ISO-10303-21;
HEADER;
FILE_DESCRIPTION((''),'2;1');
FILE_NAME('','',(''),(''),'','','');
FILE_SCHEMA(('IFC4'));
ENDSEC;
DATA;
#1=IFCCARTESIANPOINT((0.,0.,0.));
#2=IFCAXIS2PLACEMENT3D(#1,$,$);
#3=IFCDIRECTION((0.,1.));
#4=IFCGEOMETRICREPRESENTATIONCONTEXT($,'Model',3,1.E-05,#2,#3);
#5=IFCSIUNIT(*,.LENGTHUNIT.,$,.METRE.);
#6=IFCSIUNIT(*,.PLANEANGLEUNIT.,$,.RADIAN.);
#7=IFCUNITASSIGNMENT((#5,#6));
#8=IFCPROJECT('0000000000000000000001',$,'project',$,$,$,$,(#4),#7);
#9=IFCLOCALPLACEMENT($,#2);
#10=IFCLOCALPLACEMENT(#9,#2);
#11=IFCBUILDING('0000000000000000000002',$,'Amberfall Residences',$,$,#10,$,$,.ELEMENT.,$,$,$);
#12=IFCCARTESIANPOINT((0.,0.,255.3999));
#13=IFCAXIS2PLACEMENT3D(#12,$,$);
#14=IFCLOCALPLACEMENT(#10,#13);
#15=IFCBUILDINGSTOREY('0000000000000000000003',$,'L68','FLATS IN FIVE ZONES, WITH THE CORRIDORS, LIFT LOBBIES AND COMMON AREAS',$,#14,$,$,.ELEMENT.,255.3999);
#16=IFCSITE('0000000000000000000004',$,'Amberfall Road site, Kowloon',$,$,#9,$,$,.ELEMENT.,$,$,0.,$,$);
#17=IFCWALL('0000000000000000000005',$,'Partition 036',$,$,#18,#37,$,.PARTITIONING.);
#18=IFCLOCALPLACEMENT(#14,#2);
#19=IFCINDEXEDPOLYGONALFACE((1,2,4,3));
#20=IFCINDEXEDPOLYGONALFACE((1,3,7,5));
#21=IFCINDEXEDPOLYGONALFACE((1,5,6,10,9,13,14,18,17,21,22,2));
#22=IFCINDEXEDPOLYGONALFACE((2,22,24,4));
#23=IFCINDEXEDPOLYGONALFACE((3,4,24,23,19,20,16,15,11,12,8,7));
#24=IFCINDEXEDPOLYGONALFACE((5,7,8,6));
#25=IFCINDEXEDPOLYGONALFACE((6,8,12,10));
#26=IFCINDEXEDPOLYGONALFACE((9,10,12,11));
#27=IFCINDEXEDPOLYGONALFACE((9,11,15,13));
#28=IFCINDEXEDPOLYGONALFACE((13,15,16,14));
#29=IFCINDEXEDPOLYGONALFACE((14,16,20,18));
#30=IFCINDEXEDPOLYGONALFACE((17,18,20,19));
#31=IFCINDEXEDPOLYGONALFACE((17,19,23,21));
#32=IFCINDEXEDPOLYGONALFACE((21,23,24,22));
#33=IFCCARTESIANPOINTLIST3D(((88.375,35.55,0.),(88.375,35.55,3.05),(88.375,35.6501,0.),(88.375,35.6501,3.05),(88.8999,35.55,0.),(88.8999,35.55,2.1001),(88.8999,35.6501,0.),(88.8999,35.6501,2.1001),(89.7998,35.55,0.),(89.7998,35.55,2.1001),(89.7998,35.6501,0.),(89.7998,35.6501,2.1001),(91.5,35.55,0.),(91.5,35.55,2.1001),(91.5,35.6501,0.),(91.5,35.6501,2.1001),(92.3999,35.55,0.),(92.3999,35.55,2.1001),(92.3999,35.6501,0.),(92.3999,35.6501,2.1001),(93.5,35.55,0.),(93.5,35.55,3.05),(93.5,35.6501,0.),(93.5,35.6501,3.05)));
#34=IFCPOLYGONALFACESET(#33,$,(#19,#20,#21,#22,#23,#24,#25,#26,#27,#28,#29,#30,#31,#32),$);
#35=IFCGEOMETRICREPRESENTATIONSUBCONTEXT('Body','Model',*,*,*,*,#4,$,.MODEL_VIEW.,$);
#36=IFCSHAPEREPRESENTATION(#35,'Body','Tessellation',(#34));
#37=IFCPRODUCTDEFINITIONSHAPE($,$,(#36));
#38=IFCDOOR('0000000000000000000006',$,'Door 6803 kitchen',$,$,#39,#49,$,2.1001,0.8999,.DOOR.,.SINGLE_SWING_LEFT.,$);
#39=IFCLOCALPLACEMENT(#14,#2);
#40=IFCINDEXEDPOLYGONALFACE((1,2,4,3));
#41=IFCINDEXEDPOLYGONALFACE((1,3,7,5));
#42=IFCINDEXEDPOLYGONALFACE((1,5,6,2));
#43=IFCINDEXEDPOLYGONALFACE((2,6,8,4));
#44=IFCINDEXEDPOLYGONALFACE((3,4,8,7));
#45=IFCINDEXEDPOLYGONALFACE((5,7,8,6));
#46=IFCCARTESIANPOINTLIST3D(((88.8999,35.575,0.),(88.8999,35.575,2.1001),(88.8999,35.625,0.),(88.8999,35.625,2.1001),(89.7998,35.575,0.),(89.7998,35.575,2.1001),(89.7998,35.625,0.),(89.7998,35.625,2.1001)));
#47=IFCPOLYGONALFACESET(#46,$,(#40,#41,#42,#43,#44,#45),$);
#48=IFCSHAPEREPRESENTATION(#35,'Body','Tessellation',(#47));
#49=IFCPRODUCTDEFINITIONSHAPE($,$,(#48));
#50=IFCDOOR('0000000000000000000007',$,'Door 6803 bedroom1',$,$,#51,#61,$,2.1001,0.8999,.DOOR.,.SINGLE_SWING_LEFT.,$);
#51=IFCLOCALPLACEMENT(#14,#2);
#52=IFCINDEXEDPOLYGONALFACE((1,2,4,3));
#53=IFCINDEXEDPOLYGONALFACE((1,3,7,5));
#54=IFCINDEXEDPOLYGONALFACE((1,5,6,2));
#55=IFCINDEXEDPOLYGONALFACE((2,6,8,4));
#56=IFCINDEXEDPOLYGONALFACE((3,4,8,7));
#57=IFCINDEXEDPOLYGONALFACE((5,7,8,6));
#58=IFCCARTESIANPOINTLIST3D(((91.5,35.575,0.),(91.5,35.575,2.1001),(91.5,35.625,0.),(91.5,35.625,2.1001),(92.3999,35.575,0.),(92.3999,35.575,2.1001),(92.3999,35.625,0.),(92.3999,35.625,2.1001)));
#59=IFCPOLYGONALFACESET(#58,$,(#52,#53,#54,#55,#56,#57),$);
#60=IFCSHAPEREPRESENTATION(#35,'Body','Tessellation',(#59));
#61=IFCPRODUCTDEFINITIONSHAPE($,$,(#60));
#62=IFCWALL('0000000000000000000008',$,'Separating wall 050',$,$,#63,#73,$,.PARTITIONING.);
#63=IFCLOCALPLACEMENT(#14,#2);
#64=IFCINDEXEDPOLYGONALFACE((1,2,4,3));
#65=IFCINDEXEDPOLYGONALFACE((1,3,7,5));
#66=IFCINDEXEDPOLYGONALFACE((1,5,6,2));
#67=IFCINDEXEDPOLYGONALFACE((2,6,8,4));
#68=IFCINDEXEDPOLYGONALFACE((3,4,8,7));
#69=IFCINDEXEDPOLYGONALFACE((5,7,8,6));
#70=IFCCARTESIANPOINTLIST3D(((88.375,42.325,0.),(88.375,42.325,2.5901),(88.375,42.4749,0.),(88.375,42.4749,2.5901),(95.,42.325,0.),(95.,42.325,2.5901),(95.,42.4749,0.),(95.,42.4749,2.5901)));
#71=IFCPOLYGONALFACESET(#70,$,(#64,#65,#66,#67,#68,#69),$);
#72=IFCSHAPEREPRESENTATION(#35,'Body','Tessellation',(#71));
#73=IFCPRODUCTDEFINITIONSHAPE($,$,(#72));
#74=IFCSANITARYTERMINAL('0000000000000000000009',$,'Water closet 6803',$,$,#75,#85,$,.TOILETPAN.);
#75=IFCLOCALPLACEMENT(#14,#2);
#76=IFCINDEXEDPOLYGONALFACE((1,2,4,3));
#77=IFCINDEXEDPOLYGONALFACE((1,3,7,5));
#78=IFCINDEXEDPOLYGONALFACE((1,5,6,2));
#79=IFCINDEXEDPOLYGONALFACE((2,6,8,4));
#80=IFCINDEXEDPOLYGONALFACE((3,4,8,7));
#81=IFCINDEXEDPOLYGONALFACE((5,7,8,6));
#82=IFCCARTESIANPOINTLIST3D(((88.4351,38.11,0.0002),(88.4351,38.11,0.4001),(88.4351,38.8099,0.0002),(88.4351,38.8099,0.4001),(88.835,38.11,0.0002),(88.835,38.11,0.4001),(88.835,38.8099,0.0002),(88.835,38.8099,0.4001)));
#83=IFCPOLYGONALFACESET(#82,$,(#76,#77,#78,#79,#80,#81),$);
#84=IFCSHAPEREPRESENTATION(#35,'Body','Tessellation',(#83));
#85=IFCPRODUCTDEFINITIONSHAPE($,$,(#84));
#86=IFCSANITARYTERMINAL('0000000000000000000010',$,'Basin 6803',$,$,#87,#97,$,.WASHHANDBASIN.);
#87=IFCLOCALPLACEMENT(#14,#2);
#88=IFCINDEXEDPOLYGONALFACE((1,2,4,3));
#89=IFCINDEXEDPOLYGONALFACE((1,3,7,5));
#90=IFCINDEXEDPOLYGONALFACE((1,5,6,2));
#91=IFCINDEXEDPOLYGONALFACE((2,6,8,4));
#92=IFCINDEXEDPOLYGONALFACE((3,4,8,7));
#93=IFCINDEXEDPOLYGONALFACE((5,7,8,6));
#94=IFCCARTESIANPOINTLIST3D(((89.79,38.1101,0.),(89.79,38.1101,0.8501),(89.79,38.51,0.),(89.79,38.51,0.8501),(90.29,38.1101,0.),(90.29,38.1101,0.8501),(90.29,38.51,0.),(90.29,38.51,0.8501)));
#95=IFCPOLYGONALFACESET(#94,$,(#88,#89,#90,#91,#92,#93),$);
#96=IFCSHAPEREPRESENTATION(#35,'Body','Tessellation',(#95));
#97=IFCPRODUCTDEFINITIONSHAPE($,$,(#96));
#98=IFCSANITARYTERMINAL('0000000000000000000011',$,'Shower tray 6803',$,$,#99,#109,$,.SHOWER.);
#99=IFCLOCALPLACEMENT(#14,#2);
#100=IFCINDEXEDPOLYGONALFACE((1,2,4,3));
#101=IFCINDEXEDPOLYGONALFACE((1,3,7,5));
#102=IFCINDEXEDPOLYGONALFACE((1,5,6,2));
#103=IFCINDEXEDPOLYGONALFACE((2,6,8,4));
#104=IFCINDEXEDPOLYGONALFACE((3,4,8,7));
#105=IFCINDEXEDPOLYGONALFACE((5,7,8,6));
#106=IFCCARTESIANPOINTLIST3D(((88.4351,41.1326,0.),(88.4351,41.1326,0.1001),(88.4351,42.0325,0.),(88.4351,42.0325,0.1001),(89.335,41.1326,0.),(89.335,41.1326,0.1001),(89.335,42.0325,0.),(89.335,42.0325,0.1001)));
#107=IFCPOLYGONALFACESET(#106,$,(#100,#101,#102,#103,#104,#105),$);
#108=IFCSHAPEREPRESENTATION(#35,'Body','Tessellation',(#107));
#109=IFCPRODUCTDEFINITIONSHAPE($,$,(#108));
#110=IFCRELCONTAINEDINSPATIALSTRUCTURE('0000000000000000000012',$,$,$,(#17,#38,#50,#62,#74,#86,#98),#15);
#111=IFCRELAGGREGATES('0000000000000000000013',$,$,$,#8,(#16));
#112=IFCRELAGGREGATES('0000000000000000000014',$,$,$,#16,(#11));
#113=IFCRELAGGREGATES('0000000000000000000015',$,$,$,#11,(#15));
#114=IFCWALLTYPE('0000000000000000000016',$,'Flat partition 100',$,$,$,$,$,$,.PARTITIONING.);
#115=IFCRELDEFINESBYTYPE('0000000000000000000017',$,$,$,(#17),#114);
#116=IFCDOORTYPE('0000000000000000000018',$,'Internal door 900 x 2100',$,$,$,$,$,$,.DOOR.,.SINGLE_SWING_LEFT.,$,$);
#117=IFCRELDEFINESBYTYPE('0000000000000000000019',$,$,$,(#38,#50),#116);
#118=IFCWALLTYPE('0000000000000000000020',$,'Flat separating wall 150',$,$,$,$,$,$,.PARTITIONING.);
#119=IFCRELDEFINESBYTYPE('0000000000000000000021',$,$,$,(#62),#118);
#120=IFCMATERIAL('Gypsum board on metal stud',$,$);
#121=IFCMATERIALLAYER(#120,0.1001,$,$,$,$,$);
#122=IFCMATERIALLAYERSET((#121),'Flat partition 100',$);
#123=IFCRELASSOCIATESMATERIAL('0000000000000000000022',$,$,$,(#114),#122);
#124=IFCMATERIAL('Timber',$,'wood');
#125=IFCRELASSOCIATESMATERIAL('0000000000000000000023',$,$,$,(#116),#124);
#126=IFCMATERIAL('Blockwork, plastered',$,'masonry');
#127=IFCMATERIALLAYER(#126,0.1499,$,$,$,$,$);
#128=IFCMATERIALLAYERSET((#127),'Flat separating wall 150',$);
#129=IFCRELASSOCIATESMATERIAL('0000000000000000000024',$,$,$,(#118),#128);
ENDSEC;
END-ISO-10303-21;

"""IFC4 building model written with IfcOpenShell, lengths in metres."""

from ifc_helpers import new_model, si_unit, direction, frame, frame_2d, origin, origin_2d, place, context, subcontext, project, spatial, rectangle, extrude, material, layer, layer_set, type_object, element, fill, save


model = new_model("IFC4")

# Units and contexts
model_context = context("Model", 3, precision=1e-05, world=origin(), true_north=direction((0.0, 1.0)))
body_context = subcontext(model_context, "Body", "Model", "MODEL_VIEW")
ifc_project = project(units=[si_unit("LENGTHUNIT", "METRE"), si_unit("PLANEANGLEUNIT", "RADIAN")], contexts=[model_context])

# Site, building, storey
site_placement = place(None, origin())
site = spatial("IfcSite", under=ifc_project, at=site_placement, Name="Amberfall Road site, Kowloon", CompositionType="ELEMENT", RefElevation=0.0)
building_placement = place(site_placement, origin())
building = spatial("IfcBuilding", under=site, at=building_placement, Name="Amberfall Residences", CompositionType="ELEMENT")
storey_placement = place(building_placement, frame((0.0, 0.0, 255.3999)))
storey = spatial("IfcBuildingStorey", under=building, at=storey_placement, Name="L68", Description="FLATS IN FIVE ZONES, WITH THE CORRIDORS, LIFT LOBBIES AND COMMON AREAS", CompositionType="ELEMENT", Elevation=255.3999)

# Shared definitions
ifc_material_1 = material(Name="Gypsum board on metal stud")
ifc_layer_1 = layer(ifc_material_1, 0.1001)
ifc_layer_set_1 = layer_set([ifc_layer_1], Name="Flat partition 100")
wall_type_1 = type_object("IfcWallType", Name="Flat partition 100", PredefinedType="PARTITIONING", material=ifc_layer_set_1)
ifc_material_2 = material(Name="Timber", Category="wood")

# Wall, openings, doors
wall_1_placement = place(storey_placement, frame((88.375, 35.6001, 0.0), z_axis=(0.0, 0.0, 1.0), x_axis=(1.0, 0.0, 0.0)))
wall_1 = element("IfcWall", 1, at=wall_1_placement, inside=storey, type_object=wall_type_1, Name="Partition 036", PredefinedType="PARTITIONING", context=body_context, shape_type="SweptSolid", body=[
    extrude(rectangle(XDim=5.125, YDim=0.1001, at=frame_2d((2.5625, 0.0))), origin(), (0.0, 0.0, 1.0), 3.05),
])
opening_1_placement = place(wall_1_placement, frame((0.5249, 0.0, 0.0)))
opening_1 = element("IfcOpeningElement", 2, at=opening_1_placement, cuts=wall_1, PredefinedType="OPENING", context=body_context, shape_type="SweptSolid", body=[
    extrude(rectangle(XDim=0.8999, YDim=2.1001, at=frame_2d((0.45, 1.05))), frame((0.0, 0.0601, 0.0), z_axis=(0.0, -1.0, 0.0), x_axis=(1.0, 0.0, 0.0)), (0.0, 0.0, 1.0), 0.1201),
])
opening_2_placement = place(wall_1_placement, frame((3.125, 0.0, 0.0)))
opening_2 = element("IfcOpeningElement", 3, at=opening_2_placement, cuts=wall_1, PredefinedType="OPENING", context=body_context, shape_type="SweptSolid", body=[
    extrude(rectangle(XDim=0.8999, YDim=2.1001, at=frame_2d((0.45, 1.05))), frame((0.0, 0.0601, 0.0), z_axis=(0.0, -1.0, 0.0), x_axis=(1.0, 0.0, 0.0)), (0.0, 0.0, 1.0), 0.1201),
])
door_type_1 = type_object("IfcDoorType", Name="Internal door 900 x 2100", OperationType="SINGLE_SWING_LEFT", PredefinedType="DOOR", material=ifc_material_2)
door_1_placement = place(opening_1_placement, origin())
door_1 = element("IfcDoor", 4, at=door_1_placement, inside=storey, type_object=door_type_1, Name="Door 6803 kitchen", OperationType="SINGLE_SWING_LEFT", OverallHeight=2.1001, OverallWidth=0.8999, PredefinedType="DOOR", context=body_context, shape_type="SweptSolid", body=[
    extrude(rectangle(XDim=0.8999, YDim=2.1001, at=frame_2d((0.45, 1.05))), frame((0.0, 0.0249, 0.0), z_axis=(0.0, -1.0, 0.0), x_axis=(1.0, 0.0, 0.0)), (0.0, 0.0, 1.0), 0.05),
])
fill(opening_1, door_1)
door_2_placement = place(opening_2_placement, origin())
door_2 = element("IfcDoor", 5, at=door_2_placement, inside=storey, type_object=door_type_1, Name="Door 6803 bedroom1", OperationType="SINGLE_SWING_LEFT", OverallHeight=2.1001, OverallWidth=0.8999, PredefinedType="DOOR", context=body_context, shape_type="SweptSolid", body=[
    extrude(rectangle(XDim=0.8999, YDim=2.1001, at=frame_2d((0.45, 1.05))), frame((0.0, 0.0249, 0.0), z_axis=(0.0, -1.0, 0.0), x_axis=(1.0, 0.0, 0.0)), (0.0, 0.0, 1.0), 0.05),
])
fill(opening_2, door_2)

# Wall
ifc_material_3 = material(Name="Blockwork, plastered", Category="masonry")
ifc_layer_2 = layer(ifc_material_3, 0.1499)
ifc_layer_set_2 = layer_set([ifc_layer_2], Name="Flat separating wall 150")
wall_type_2 = type_object("IfcWallType", Name="Flat separating wall 150", PredefinedType="PARTITIONING", material=ifc_layer_set_2)
wall_2_placement = place(storey_placement, frame((88.375, 42.3999, 0.0), z_axis=(0.0, 0.0, 1.0), x_axis=(1.0, 0.0, 0.0)))
element("IfcWall", 6, at=wall_2_placement, inside=storey, type_object=wall_type_2, Name="Separating wall 050", PredefinedType="PARTITIONING", context=body_context, shape_type="SweptSolid", body=[
    extrude(rectangle(XDim=6.625, YDim=0.1499, at=frame_2d((3.3125, 0.0))), origin(), (0.0, 0.0, 1.0), 2.5901),
])

# Sanitary terminals
sanitary_terminal_1_placement = place(storey_placement, frame((88.635, 38.46, 0.0002), z_axis=(0.0, 0.0, 1.0), x_axis=(1.0, 0.0, 0.0)))
element("IfcSanitaryTerminal", 7, at=sanitary_terminal_1_placement, inside=storey, Name="Water closet 6803", PredefinedType="TOILETPAN", context=body_context, shape_type="SweptSolid", body=[
    extrude(rectangle(XDim=0.3999, YDim=0.7, at=origin_2d()), origin(), (0.0, 0.0, 1.0), 0.3999),
])
sanitary_terminal_2_placement = place(storey_placement, frame((90.04, 38.3101, 0.0), z_axis=(0.0, 0.0, 1.0), x_axis=(1.0, 0.0, 0.0)))
element("IfcSanitaryTerminal", 8, at=sanitary_terminal_2_placement, inside=storey, Name="Basin 6803", PredefinedType="WASHHANDBASIN", context=body_context, shape_type="SweptSolid", body=[
    extrude(rectangle(XDim=0.5, YDim=0.3999, at=origin_2d()), origin(), (0.0, 0.0, 1.0), 0.8501),
])
sanitary_terminal_3_placement = place(storey_placement, frame((88.885, 41.5825, 0.0), z_axis=(0.0, 0.0, 1.0), x_axis=(1.0, 0.0, 0.0)))
element("IfcSanitaryTerminal", 9, at=sanitary_terminal_3_placement, inside=storey, Name="Shower tray 6803", PredefinedType="SHOWER", context=body_context, shape_type="SweptSolid", body=[
    extrude(rectangle(XDim=0.8999, YDim=0.8999, at=origin_2d()), origin(), (0.0, 0.0, 1.0), 0.1001),
])

save(model, "model.ifc")
